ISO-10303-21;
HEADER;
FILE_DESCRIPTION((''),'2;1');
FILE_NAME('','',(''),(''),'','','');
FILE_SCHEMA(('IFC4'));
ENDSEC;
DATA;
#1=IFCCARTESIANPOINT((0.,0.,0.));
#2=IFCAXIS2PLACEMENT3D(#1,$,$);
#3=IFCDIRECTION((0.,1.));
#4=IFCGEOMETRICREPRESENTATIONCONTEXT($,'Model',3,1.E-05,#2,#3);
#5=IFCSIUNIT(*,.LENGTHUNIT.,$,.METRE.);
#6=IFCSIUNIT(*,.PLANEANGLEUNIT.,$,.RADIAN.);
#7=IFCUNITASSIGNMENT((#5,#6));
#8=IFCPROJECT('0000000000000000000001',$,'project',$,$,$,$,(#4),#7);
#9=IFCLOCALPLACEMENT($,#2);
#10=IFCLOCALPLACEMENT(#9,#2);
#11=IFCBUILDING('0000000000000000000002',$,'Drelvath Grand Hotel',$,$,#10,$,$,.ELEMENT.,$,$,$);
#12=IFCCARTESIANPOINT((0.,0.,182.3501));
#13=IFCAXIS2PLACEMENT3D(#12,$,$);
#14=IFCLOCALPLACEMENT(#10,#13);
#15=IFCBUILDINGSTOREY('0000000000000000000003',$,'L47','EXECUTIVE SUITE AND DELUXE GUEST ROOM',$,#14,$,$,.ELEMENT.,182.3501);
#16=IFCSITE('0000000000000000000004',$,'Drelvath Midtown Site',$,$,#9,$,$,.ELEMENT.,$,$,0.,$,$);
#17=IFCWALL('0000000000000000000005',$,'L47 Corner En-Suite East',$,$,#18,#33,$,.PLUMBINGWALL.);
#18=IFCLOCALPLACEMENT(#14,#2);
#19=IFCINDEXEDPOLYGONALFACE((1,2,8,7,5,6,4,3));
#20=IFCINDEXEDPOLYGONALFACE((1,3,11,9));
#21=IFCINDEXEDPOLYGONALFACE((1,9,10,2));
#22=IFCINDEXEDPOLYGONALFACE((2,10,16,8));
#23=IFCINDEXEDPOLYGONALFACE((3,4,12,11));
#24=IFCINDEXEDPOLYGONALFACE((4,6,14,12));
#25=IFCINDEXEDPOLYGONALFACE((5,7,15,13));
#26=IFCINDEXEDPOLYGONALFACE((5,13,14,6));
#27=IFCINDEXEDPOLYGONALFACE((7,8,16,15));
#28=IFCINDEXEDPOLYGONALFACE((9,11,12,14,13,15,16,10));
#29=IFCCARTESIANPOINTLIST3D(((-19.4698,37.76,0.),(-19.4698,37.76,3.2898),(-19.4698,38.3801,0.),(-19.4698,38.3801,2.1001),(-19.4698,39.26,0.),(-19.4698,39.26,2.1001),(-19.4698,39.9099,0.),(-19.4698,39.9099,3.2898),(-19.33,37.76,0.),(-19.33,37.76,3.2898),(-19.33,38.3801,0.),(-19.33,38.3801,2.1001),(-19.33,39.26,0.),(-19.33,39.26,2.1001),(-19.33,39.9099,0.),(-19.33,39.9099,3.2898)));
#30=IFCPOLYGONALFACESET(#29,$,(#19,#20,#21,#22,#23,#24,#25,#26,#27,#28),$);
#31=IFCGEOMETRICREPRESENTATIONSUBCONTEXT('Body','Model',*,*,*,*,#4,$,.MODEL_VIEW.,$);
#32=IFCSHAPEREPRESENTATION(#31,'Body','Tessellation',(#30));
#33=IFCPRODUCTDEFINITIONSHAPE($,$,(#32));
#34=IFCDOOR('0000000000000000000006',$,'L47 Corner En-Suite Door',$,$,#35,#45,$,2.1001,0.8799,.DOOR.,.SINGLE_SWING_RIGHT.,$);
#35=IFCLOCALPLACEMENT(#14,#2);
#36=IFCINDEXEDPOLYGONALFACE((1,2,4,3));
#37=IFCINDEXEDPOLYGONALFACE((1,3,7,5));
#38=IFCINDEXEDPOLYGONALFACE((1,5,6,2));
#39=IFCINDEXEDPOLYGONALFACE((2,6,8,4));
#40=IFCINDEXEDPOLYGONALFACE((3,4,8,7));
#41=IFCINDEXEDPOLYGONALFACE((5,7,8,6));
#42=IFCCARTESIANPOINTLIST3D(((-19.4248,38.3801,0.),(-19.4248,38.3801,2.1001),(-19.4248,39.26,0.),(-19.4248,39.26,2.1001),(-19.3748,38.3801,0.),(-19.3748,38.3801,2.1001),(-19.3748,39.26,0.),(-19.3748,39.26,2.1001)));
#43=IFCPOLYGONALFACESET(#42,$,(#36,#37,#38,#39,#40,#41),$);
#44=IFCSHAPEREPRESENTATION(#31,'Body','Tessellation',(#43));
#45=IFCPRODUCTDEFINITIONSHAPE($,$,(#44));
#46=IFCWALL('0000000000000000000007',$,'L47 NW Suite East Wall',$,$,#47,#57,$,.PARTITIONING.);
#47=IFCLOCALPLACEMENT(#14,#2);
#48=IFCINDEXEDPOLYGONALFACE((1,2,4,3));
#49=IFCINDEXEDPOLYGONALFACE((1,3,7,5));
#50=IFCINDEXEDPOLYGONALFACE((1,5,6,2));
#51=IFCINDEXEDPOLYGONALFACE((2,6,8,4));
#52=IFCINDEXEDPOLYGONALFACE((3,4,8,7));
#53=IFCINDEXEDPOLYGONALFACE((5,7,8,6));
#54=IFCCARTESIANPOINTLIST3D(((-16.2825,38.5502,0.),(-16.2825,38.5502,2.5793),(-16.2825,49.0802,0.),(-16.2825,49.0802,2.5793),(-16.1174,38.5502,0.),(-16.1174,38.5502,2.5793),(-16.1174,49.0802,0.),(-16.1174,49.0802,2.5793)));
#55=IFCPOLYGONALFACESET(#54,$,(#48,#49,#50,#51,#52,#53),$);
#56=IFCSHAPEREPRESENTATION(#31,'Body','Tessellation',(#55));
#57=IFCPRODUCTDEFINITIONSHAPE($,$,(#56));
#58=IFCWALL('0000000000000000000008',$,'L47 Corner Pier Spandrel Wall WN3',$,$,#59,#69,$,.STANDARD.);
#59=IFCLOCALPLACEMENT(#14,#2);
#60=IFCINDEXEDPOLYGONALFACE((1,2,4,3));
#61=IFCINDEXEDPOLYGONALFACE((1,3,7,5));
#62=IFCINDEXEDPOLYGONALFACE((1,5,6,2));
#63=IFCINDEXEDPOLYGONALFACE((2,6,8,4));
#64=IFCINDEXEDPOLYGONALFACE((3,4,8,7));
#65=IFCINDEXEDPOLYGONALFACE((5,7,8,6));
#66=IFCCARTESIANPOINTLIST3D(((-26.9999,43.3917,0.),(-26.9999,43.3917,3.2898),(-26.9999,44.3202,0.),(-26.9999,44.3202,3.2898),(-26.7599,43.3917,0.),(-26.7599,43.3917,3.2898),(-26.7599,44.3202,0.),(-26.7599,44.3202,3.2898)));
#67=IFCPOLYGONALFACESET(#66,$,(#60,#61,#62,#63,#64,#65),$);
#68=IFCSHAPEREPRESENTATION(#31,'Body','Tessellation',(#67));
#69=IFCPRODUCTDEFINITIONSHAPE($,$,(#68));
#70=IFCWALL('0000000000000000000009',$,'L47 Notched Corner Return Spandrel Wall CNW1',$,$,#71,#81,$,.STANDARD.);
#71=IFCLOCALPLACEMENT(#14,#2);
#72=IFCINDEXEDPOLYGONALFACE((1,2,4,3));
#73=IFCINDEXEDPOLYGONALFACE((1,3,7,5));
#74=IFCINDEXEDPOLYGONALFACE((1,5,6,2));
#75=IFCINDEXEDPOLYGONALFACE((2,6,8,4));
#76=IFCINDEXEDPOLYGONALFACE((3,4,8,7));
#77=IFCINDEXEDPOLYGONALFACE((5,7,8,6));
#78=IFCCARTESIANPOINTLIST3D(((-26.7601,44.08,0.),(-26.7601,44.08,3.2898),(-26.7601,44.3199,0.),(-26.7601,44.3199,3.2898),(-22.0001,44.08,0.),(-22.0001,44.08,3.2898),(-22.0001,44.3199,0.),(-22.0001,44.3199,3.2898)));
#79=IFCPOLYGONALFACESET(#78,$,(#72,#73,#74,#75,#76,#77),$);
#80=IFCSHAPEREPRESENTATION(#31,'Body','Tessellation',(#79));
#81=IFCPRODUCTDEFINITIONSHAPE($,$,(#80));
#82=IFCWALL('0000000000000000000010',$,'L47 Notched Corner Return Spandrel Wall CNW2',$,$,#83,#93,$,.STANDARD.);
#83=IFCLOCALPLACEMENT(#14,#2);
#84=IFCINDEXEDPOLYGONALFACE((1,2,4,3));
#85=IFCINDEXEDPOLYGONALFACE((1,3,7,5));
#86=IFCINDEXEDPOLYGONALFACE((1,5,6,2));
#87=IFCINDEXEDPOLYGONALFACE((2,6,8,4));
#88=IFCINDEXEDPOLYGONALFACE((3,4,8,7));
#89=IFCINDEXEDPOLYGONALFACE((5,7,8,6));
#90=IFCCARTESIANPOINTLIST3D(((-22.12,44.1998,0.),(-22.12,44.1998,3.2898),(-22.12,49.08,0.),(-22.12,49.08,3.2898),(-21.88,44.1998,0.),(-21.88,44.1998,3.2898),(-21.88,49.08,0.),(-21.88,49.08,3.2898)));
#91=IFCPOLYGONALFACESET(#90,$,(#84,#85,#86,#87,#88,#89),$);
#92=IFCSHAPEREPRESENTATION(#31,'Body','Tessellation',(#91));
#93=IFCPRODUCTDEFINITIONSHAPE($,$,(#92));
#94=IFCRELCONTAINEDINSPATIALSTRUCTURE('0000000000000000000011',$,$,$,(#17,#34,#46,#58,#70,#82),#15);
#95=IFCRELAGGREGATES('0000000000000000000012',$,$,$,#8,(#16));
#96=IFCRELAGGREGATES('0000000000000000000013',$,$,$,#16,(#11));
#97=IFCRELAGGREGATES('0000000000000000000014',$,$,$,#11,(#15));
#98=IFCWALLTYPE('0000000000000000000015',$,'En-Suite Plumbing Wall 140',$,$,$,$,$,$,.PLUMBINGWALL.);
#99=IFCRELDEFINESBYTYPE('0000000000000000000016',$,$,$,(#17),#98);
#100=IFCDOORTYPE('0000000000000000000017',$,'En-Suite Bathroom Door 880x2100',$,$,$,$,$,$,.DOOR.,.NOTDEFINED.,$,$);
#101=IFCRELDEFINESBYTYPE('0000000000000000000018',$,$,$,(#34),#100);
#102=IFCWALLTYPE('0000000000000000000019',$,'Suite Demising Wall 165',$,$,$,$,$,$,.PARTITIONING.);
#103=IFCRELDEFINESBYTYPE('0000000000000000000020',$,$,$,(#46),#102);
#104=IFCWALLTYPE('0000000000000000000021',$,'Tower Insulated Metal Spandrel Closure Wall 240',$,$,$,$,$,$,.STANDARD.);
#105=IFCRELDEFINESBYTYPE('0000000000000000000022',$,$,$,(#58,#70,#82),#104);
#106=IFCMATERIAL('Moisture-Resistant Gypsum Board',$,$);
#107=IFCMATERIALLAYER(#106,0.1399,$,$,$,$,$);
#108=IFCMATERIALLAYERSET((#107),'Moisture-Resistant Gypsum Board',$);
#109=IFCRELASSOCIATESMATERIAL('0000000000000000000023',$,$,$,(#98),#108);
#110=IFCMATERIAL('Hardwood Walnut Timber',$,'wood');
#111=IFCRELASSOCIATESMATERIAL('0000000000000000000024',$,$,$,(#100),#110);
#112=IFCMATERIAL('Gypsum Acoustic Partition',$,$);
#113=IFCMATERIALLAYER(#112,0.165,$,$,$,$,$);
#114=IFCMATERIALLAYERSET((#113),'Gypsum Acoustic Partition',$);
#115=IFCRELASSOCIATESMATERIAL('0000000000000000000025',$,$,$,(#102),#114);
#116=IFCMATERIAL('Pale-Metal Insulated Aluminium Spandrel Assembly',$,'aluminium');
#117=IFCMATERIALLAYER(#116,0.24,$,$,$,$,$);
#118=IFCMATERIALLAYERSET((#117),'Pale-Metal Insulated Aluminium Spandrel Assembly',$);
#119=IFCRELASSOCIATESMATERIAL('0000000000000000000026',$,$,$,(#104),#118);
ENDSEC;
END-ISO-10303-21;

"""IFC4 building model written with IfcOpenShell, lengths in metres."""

from ifc_helpers import new_model, si_unit, direction, frame, frame_2d, origin, place, context, subcontext, project, spatial, rectangle, extrude, material, layer, layer_set, type_object, element, fill, save


model = new_model("IFC4")

# Units and contexts
model_context = context("Model", 3, precision=1e-05, world=origin(), true_north=direction((0.0, 1.0)))
body_context = subcontext(model_context, "Body", "Model", "MODEL_VIEW")
ifc_project = project(units=[si_unit("LENGTHUNIT", "METRE"), si_unit("PLANEANGLEUNIT", "RADIAN")], contexts=[model_context])

# Site, building, storey
site_placement = place(None, origin())
site = spatial("IfcSite", under=ifc_project, at=site_placement, Name="Drelvath Midtown Site", CompositionType="ELEMENT", RefElevation=0.0)
building_placement = place(site_placement, origin())
building = spatial("IfcBuilding", under=site, at=building_placement, Name="Drelvath Grand Hotel", CompositionType="ELEMENT")
storey_placement = place(building_placement, frame((0.0, 0.0, 182.3501)))
storey = spatial("IfcBuildingStorey", under=building, at=storey_placement, Name="L47", Description="EXECUTIVE SUITE AND DELUXE GUEST ROOM", CompositionType="ELEMENT", Elevation=182.3501)

# Shared definitions
ifc_material_1 = material(Name="Hardwood Walnut Timber", Category="wood")

# Shared definitions
ifc_material_2 = material(Name="Moisture-Resistant Gypsum Board")
ifc_layer_1 = layer(ifc_material_2, 0.1399)
ifc_layer_set_1 = layer_set([ifc_layer_1], Name="Moisture-Resistant Gypsum Board")
wall_type_1 = type_object("IfcWallType", Name="En-Suite Plumbing Wall 140", PredefinedType="PLUMBINGWALL", material=ifc_layer_set_1)

# Wall, opening, door
wall_1_placement = place(storey_placement, frame((-19.3999, 37.76, 0.0), z_axis=(0.0, 0.0, 1.0), x_axis=(0.0, 1.0, 0.0)))
wall_1 = element("IfcWall", 1, at=wall_1_placement, inside=storey, type_object=wall_type_1, Name="L47 Corner En-Suite East", PredefinedType="PLUMBINGWALL", context=body_context, shape_type="SweptSolid", body=[
    extrude(rectangle(XDim=2.1499, YDim=0.1399, at=frame_2d((1.075, 0.0))), origin(), (0.0, 0.0, 1.0), 3.2898),
])
opening_1_placement = place(wall_1_placement, frame((0.6201, 0.0, 0.0)))
opening_1 = element("IfcOpeningElement", 2, at=opening_1_placement, cuts=wall_1, PredefinedType="OPENING", context=body_context, shape_type="SweptSolid", body=[
    extrude(rectangle(XDim=0.8799, YDim=2.1001, at=frame_2d((0.4399, 1.05))), frame((0.0, 0.0798, 0.0), z_axis=(0.0, -1.0, 0.0), x_axis=(1.0, 0.0, 0.0)), (0.0, 0.0, 1.0), 0.1599),
])
door_type_1 = type_object("IfcDoorType", Name="En-Suite Bathroom Door 880x2100", OperationType="NOTDEFINED", PredefinedType="DOOR", material=ifc_material_1)
door_1_placement = place(opening_1_placement, origin())
door_1 = element("IfcDoor", 3, at=door_1_placement, inside=storey, type_object=door_type_1, Name="L47 Corner En-Suite Door", OperationType="SINGLE_SWING_RIGHT", OverallHeight=2.1001, OverallWidth=0.8799, PredefinedType="DOOR", context=body_context, shape_type="SweptSolid", body=[
    extrude(rectangle(XDim=0.8799, YDim=2.1001, at=frame_2d((0.4399, 1.05))), frame((0.0, 0.0249, 0.0), z_axis=(0.0, -1.0, 0.0), x_axis=(1.0, 0.0, 0.0)), (0.0, 0.0, 1.0), 0.05),
])
fill(opening_1, door_1)

# Walls
ifc_material_3 = material(Name="Gypsum Acoustic Partition")
ifc_layer_2 = layer(ifc_material_3, 0.165)
ifc_layer_set_2 = layer_set([ifc_layer_2], Name="Gypsum Acoustic Partition")
wall_type_2 = type_object("IfcWallType", Name="Suite Demising Wall 165", PredefinedType="PARTITIONING", material=ifc_layer_set_2)
wall_2_placement = place(storey_placement, frame((-16.2, 38.55, 0.0), z_axis=(0.0, 0.0, 1.0), x_axis=(0.0, 1.0, 0.0)))
element("IfcWall", 4, at=wall_2_placement, inside=storey, type_object=wall_type_2, Name="L47 NW Suite East Wall", PredefinedType="PARTITIONING", context=body_context, shape_type="SweptSolid", body=[
    extrude(rectangle(XDim=10.53, YDim=0.165, at=frame_2d((5.2651, 0.0))), origin(), (0.0, 0.0, 1.0), 2.5793),
])
ifc_material_4 = material(Name="Pale-Metal Insulated Aluminium Spandrel Assembly", Category="aluminium")
ifc_layer_3 = layer(ifc_material_4, 0.24)
ifc_layer_set_3 = layer_set([ifc_layer_3], Name="Pale-Metal Insulated Aluminium Spandrel Assembly")
wall_type_3 = type_object("IfcWallType", Name="Tower Insulated Metal Spandrel Closure Wall 240", PredefinedType="STANDARD", material=ifc_layer_set_3)
wall_3_placement = place(storey_placement, frame((-26.8799, 43.3916, 0.0), z_axis=(0.0, 0.0, 1.0), x_axis=(0.0, 1.0, 0.0)))
element("IfcWall", 5, at=wall_3_placement, inside=storey, type_object=wall_type_3, Name="L47 Corner Pier Spandrel Wall WN3", PredefinedType="STANDARD", context=body_context, shape_type="SweptSolid", body=[
    extrude(rectangle(XDim=0.9285, YDim=0.24, at=frame_2d((0.4644, 0.0))), origin(), (0.0, 0.0, 1.0), 3.2898),
])
wall_4_placement = place(storey_placement, frame((-26.76, 44.2, 0.0), z_axis=(0.0, 0.0, 1.0), x_axis=(1.0, 0.0, 0.0)))
element("IfcWall", 6, at=wall_4_placement, inside=storey, type_object=wall_type_3, Name="L47 Notched Corner Return Spandrel Wall CNW1", PredefinedType="STANDARD", context=body_context, shape_type="SweptSolid", body=[
    extrude(rectangle(XDim=4.76, YDim=0.24, at=frame_2d((2.3799, 0.0))), origin(), (0.0, 0.0, 1.0), 3.2898),
])
wall_5_placement = place(storey_placement, frame((-22.0, 44.2, 0.0), z_axis=(0.0, 0.0, 1.0), x_axis=(0.0, 1.0, 0.0)))
element("IfcWall", 7, at=wall_5_placement, inside=storey, type_object=wall_type_3, Name="L47 Notched Corner Return Spandrel Wall CNW2", PredefinedType="STANDARD", context=body_context, shape_type="SweptSolid", body=[
    extrude(rectangle(XDim=4.8801, YDim=0.24, at=frame_2d((2.4399, 0.0))), origin(), (0.0, 0.0, 1.0), 3.2898),
])

save(model, "model.ifc")
